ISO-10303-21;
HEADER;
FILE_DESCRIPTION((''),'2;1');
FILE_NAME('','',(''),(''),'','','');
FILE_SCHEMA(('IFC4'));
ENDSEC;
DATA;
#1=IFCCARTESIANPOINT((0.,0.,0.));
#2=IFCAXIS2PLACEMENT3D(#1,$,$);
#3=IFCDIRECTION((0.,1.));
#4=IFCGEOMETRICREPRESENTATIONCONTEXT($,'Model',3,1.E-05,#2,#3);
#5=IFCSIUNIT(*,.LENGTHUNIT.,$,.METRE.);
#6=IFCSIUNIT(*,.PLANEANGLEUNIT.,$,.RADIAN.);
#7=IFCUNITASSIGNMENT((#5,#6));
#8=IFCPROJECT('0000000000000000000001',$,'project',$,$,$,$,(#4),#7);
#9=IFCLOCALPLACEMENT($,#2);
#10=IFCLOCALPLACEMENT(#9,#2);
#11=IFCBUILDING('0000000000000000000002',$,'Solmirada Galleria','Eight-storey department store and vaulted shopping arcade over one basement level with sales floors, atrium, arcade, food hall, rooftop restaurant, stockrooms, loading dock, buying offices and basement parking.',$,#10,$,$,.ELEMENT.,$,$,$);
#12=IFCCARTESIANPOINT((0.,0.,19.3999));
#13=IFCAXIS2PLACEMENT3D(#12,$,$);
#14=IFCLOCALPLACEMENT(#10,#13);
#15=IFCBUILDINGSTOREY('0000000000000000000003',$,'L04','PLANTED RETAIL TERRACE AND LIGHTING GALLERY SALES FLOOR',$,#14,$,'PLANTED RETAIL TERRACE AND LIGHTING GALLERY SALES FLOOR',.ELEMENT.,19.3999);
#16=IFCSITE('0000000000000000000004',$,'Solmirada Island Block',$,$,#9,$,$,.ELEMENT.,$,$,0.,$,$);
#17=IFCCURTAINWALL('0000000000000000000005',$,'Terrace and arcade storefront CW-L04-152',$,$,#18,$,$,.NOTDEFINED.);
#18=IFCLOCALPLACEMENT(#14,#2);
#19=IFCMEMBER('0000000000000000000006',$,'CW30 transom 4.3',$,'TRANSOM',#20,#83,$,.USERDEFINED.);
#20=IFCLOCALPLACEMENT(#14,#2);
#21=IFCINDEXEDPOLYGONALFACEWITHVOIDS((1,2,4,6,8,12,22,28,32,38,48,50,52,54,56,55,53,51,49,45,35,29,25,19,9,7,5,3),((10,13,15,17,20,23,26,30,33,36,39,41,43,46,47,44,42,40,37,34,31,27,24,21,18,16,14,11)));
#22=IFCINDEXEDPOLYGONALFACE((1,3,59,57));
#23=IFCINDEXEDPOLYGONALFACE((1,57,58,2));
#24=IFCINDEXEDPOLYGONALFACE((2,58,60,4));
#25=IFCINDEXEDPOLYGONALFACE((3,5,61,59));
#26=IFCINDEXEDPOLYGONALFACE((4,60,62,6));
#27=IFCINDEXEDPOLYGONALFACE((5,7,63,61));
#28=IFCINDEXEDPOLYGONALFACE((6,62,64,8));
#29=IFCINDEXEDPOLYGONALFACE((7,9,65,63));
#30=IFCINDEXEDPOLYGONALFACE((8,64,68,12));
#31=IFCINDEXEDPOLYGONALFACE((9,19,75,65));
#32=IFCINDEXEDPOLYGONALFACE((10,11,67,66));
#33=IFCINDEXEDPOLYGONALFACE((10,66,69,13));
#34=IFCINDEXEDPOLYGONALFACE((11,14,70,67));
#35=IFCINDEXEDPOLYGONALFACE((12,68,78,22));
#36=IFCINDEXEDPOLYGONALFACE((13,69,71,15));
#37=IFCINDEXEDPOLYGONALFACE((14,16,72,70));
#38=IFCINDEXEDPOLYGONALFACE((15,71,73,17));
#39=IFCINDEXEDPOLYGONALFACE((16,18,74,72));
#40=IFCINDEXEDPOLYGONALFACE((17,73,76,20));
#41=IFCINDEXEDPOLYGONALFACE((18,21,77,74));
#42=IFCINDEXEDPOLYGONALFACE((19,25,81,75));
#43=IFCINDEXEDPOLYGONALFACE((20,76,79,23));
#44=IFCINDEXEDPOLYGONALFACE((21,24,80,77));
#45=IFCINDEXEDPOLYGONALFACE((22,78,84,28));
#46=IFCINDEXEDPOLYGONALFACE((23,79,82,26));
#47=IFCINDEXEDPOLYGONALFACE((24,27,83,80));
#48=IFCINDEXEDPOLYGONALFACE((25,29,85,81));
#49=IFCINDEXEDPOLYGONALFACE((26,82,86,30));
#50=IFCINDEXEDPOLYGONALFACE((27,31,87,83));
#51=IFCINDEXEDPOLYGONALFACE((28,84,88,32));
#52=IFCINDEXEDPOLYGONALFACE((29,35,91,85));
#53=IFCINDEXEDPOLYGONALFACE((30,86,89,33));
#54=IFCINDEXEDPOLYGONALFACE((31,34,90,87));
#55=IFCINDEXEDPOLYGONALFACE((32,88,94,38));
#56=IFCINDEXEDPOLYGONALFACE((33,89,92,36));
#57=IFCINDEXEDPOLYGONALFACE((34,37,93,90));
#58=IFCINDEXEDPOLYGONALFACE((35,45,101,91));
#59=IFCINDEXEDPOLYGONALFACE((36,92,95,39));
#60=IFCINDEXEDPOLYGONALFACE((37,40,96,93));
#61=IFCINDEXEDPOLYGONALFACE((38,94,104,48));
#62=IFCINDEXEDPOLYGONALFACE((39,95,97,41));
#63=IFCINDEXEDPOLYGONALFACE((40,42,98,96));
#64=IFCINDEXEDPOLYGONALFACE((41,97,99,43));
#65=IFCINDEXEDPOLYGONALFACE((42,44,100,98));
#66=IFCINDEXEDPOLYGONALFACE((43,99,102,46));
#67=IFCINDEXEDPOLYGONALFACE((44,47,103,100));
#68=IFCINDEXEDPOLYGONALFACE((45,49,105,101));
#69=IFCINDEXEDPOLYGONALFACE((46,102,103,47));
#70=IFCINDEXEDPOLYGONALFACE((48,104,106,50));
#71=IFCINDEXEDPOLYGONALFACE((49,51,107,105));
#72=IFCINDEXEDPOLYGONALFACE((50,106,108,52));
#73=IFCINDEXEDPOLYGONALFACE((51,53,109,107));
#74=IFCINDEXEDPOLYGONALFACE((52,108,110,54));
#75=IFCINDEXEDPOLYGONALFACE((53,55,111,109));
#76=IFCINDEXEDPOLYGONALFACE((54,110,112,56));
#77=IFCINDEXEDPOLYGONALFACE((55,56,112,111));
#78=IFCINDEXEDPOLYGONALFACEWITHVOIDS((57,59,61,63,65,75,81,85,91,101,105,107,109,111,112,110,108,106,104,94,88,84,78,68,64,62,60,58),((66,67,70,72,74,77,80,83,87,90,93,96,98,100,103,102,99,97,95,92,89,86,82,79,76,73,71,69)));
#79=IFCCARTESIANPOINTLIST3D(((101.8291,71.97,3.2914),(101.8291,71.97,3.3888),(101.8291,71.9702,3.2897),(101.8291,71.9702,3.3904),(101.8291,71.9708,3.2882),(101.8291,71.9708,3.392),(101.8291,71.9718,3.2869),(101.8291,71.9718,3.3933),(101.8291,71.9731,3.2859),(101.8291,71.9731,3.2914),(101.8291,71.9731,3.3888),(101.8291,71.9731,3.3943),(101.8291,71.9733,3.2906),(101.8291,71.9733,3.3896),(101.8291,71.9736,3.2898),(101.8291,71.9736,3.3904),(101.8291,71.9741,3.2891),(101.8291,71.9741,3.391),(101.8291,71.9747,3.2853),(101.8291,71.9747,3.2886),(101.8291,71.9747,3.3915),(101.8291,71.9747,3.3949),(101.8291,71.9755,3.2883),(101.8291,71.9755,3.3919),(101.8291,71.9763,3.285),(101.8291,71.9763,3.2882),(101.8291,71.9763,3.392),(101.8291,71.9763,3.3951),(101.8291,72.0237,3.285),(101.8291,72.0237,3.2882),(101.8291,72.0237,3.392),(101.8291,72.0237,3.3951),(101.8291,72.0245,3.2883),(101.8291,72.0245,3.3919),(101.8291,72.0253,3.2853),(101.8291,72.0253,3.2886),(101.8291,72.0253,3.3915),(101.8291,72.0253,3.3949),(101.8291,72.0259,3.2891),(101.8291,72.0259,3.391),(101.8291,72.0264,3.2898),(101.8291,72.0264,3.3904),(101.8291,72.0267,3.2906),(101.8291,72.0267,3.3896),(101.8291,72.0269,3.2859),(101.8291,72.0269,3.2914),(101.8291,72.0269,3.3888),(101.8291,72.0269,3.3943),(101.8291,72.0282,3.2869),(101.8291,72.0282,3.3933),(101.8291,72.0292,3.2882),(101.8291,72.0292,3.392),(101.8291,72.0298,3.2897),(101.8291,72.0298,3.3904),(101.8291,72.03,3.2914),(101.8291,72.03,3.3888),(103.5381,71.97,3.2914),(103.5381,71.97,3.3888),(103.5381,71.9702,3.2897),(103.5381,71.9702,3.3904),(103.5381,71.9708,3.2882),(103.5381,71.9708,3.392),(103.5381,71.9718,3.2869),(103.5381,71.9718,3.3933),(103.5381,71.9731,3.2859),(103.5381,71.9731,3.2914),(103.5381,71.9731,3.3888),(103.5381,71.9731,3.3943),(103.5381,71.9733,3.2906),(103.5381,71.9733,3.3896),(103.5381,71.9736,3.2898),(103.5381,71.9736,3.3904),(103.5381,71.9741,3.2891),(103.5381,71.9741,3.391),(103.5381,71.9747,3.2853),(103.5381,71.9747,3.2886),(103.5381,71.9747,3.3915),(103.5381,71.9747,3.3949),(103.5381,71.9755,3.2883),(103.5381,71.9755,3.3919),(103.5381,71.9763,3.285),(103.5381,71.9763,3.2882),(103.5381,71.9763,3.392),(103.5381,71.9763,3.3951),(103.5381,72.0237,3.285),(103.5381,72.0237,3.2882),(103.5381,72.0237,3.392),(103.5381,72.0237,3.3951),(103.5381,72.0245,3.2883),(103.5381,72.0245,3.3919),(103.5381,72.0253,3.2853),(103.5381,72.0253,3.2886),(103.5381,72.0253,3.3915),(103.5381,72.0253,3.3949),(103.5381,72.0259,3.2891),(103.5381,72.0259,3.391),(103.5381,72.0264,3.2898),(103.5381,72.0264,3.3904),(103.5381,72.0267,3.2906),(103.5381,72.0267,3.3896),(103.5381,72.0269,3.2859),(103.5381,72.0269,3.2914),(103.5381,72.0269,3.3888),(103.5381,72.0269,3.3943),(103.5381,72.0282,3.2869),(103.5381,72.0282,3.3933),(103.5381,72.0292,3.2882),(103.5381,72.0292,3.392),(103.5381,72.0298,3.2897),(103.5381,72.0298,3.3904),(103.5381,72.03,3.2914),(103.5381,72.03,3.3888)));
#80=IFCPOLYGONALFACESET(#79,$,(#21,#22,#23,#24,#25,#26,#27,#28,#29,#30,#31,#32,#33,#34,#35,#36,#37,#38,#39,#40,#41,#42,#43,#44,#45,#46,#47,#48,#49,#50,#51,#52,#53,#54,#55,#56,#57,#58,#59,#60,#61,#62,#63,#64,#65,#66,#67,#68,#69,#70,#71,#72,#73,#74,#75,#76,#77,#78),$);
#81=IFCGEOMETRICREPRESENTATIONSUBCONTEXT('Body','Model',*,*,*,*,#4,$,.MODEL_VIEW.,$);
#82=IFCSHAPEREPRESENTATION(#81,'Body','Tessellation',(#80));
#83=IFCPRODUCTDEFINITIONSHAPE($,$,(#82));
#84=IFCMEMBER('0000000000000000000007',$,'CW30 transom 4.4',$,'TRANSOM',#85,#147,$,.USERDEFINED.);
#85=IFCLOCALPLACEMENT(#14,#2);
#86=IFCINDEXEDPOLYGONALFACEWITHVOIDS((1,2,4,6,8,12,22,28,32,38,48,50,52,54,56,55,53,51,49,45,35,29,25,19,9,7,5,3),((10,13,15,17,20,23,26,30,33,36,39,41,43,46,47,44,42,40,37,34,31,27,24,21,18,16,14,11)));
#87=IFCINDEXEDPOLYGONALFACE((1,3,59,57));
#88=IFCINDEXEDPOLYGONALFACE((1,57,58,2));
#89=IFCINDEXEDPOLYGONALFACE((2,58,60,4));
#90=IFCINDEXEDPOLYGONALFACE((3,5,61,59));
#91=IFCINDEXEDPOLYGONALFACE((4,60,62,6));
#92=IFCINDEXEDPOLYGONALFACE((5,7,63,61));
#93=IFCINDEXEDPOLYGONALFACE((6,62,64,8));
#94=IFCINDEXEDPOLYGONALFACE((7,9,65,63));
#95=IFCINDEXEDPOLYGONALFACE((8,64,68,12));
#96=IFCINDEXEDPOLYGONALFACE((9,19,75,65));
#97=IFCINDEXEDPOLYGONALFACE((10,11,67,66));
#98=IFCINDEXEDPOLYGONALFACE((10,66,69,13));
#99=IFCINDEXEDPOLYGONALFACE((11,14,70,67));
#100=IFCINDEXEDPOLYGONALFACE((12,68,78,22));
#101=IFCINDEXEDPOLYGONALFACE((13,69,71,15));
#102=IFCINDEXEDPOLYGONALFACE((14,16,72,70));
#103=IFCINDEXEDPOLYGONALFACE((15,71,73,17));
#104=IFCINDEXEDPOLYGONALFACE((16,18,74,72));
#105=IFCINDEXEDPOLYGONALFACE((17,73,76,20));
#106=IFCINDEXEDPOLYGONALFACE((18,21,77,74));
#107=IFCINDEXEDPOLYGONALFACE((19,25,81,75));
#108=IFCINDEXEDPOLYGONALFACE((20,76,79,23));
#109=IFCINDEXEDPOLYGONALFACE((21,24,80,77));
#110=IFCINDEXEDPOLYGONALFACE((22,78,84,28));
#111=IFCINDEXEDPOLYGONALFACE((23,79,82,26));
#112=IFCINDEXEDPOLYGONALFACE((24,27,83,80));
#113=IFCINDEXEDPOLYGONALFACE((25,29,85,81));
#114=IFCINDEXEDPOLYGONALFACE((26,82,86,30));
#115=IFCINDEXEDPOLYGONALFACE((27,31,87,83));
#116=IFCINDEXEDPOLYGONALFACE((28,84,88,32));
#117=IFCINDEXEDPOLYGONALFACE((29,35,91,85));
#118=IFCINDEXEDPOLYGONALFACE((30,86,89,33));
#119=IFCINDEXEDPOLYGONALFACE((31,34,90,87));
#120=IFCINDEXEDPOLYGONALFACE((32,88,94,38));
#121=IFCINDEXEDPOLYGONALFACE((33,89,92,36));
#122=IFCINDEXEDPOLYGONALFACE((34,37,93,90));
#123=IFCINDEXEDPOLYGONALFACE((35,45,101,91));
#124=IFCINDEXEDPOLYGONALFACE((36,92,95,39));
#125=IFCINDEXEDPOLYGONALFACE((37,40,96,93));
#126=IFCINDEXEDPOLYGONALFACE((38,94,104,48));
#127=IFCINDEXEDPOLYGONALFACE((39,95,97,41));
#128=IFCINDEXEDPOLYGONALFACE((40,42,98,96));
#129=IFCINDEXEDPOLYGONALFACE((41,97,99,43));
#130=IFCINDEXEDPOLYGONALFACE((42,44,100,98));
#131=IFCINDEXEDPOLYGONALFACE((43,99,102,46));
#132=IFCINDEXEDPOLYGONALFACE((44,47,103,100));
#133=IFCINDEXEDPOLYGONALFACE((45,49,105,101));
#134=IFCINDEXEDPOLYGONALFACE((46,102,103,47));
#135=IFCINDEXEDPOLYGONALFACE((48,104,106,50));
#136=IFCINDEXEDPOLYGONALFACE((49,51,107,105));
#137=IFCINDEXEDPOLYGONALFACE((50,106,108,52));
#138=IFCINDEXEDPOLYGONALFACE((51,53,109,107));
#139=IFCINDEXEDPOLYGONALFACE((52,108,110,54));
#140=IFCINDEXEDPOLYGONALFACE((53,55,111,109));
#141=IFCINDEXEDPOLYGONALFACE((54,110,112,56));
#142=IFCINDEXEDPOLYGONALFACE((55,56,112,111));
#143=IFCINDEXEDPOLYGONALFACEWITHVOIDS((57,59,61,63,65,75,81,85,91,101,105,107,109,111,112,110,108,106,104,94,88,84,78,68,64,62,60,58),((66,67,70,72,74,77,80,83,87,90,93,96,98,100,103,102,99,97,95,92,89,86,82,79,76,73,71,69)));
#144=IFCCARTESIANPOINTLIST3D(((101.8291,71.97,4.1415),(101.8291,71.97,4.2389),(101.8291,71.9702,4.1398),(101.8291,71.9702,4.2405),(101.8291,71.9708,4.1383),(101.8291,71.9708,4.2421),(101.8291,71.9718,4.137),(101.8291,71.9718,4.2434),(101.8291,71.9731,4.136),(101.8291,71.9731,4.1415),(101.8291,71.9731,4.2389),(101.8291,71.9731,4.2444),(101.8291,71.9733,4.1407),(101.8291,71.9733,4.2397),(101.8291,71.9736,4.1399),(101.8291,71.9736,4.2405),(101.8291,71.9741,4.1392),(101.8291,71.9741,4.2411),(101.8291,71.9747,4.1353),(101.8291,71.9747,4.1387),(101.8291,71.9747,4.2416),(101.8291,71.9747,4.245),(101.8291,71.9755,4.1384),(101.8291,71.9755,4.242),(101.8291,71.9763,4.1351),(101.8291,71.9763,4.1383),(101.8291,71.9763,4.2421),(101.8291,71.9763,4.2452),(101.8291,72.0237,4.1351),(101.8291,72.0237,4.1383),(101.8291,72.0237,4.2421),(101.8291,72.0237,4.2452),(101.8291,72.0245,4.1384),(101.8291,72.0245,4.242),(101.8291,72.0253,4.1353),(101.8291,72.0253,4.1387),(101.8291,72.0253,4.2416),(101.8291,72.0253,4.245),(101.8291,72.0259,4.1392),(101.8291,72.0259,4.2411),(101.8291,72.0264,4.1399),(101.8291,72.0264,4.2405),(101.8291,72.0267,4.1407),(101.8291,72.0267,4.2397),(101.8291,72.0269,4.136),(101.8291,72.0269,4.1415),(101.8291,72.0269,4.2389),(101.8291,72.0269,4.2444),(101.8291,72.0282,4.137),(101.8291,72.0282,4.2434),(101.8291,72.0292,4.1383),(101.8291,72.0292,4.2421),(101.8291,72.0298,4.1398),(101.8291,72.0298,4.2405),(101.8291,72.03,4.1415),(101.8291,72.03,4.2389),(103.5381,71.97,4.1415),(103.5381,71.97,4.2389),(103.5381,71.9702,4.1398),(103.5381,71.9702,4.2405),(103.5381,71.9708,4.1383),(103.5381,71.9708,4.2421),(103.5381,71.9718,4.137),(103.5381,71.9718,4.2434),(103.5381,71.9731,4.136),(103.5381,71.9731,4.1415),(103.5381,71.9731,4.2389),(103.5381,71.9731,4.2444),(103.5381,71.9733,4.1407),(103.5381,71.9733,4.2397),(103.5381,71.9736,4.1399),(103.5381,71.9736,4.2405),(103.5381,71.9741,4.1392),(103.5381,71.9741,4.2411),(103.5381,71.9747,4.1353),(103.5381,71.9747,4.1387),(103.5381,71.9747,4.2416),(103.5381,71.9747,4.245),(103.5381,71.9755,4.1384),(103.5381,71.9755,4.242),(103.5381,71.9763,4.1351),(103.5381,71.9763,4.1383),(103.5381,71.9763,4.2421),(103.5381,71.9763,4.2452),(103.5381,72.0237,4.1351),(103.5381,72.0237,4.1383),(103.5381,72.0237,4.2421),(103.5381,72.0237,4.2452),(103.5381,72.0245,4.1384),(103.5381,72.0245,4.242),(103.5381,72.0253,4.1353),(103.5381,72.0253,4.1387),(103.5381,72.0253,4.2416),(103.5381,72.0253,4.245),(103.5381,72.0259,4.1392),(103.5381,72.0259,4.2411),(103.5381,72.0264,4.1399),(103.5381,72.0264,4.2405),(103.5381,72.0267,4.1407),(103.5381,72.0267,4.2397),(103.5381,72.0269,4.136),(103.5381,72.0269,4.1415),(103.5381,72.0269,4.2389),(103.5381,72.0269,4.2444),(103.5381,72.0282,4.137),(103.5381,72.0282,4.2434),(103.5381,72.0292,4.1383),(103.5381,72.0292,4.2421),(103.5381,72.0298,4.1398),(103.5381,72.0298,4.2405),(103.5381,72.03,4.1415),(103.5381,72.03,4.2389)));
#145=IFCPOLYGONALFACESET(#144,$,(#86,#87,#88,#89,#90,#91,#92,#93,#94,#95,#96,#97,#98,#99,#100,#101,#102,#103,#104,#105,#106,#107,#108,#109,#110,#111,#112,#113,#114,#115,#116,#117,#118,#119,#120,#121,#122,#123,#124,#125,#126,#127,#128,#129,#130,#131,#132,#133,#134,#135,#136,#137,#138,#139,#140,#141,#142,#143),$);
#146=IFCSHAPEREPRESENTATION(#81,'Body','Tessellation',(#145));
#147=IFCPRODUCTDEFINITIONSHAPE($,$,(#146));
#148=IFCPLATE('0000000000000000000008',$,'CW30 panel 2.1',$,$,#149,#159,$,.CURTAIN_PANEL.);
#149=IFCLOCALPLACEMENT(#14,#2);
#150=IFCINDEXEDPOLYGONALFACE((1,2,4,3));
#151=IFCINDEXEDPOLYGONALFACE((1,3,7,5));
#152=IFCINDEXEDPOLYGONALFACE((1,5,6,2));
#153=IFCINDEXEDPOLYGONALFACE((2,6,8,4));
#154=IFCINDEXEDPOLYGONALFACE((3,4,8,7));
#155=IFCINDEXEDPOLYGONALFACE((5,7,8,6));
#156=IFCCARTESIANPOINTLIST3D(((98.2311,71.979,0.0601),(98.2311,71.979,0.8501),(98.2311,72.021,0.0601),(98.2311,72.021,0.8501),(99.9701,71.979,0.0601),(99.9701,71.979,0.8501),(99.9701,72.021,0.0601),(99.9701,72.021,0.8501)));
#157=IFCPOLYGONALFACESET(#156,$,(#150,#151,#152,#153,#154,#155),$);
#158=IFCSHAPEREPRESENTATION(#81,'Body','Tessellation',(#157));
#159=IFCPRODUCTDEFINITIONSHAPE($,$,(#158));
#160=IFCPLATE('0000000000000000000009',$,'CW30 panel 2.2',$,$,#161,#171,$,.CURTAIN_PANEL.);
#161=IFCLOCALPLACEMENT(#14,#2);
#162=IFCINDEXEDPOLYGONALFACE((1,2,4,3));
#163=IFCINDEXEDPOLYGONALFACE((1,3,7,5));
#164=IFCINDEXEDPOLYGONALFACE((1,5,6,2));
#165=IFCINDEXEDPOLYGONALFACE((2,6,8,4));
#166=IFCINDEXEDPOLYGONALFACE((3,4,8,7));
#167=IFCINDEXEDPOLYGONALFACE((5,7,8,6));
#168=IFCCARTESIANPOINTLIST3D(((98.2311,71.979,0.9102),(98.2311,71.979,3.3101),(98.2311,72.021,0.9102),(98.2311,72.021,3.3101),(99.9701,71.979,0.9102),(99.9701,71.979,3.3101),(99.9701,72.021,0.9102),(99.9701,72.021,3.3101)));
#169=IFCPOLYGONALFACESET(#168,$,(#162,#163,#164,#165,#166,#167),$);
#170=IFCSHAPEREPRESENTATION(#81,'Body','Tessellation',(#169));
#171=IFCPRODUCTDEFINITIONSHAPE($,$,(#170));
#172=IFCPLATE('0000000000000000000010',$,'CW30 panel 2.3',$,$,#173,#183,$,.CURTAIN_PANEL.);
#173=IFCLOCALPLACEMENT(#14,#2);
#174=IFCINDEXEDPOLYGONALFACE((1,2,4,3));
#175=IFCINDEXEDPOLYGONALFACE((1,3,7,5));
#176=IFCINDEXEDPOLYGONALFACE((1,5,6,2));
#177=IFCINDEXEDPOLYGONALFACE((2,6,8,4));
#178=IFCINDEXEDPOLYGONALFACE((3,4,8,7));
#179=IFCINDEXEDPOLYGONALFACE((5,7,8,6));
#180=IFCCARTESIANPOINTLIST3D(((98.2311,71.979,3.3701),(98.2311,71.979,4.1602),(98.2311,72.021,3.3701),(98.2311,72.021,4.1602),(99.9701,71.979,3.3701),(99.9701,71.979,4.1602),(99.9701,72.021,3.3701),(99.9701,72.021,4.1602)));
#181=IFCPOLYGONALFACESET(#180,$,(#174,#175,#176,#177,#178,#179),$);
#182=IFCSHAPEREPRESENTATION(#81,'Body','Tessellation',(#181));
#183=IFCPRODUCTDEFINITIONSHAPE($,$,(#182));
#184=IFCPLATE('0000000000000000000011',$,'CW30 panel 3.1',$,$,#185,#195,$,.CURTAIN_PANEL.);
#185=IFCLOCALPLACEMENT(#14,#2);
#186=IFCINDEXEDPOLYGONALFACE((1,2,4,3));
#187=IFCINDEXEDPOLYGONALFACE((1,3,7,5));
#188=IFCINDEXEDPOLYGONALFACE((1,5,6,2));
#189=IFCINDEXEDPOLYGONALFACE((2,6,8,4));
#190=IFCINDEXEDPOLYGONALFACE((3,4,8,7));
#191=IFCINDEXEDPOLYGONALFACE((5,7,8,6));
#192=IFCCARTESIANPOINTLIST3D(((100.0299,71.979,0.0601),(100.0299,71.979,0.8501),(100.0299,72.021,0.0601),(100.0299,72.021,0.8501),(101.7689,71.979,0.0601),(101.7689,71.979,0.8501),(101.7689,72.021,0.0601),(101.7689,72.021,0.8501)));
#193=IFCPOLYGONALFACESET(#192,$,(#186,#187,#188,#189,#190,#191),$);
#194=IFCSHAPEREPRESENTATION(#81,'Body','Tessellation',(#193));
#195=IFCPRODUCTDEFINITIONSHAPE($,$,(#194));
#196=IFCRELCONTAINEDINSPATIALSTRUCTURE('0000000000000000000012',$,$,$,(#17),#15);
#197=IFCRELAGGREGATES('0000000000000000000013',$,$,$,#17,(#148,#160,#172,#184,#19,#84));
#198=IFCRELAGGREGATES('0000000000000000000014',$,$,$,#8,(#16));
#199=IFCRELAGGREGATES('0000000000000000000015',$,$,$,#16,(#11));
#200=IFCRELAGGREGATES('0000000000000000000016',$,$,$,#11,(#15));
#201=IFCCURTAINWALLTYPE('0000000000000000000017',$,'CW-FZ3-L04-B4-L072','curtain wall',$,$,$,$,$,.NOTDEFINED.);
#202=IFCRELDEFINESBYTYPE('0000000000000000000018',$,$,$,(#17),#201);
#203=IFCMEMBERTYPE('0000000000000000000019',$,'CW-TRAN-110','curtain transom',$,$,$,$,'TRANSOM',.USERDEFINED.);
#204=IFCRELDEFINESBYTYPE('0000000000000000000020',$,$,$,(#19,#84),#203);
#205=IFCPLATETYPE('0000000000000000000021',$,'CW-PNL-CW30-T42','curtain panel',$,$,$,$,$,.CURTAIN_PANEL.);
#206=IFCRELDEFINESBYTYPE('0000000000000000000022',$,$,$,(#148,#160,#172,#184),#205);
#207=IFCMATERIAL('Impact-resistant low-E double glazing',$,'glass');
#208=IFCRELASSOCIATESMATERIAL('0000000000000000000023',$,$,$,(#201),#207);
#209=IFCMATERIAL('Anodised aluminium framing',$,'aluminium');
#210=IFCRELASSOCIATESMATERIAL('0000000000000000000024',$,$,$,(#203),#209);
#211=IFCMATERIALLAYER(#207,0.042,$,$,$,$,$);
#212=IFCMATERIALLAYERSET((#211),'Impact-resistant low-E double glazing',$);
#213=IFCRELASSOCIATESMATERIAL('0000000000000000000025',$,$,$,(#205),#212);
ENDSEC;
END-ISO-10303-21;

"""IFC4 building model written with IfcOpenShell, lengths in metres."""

from ifc_helpers import new_model, si_unit, direction, frame, origin, origin_2d, place, context, subcontext, project, spatial, rectangle, hollow_rectangle, extrude, material, layer, layer_set, material_profile, profile_set, type_object, element, aggregate, save


model = new_model("IFC4")

# Units and contexts
model_context = context("Model", 3, precision=1e-05, world=origin(), true_north=direction((0.0, 1.0)))
body_context = subcontext(model_context, "Body", "Model", "MODEL_VIEW")
ifc_project = project(units=[si_unit("LENGTHUNIT", "METRE"), si_unit("PLANEANGLEUNIT", "RADIAN")], contexts=[model_context])

# Site, building, storey
site_placement = place(None, origin())
site = spatial("IfcSite", under=ifc_project, at=site_placement, Name="Solmirada Island Block", CompositionType="ELEMENT", RefElevation=0.0)
building_placement = place(site_placement, origin())
building = spatial("IfcBuilding", under=site, at=building_placement, Name="Solmirada Galleria", Description="Eight-storey department store and vaulted shopping arcade over one basement level with sales floors, atrium, arcade, food hall, rooftop restaurant, stockrooms, loading dock, buying offices and basement parking.", CompositionType="ELEMENT")
storey_placement = place(building_placement, frame((0.0, 0.0, 19.3999)))
storey = spatial("IfcBuildingStorey", under=building, at=storey_placement, Name="L04", Description="PLANTED RETAIL TERRACE AND LIGHTING GALLERY SALES FLOOR", LongName="PLANTED RETAIL TERRACE AND LIGHTING GALLERY SALES FLOOR", CompositionType="ELEMENT", Elevation=19.3999)

# Curtain wall, members, plates
ifc_material_1 = material(Name="Impact-resistant low-E double glazing", Category="glass")
curtain_wall_type = type_object("IfcCurtainWallType", Name="CW-FZ3-L04-B4-L072", Description="curtain wall", PredefinedType="NOTDEFINED", material=ifc_material_1)
curtain_wall_placement = place(storey_placement, origin())
curtain_wall = element("IfcCurtainWall", 1, at=curtain_wall_placement, inside=storey, type_object=curtain_wall_type, Name="Terrace and arcade storefront CW-L04-152", PredefinedType="NOTDEFINED")
ifc_material_2 = material(Name="Anodised aluminium framing", Category="aluminium")
ifc_material_profile_1 = material_profile(ifc_material_2, hollow_rectangle(XDim=0.0601, YDim=0.1101, WallThickness=0.0032, InnerFilletRadius=0.0032, OuterFilletRadius=0.0063, at=origin_2d()), Name="ALU-TRAN-110X60")
ifc_profile_set_1 = profile_set([ifc_material_profile_1], Name="Anodised aluminium framing")
member_type_1 = type_object("IfcMemberType", Name="CW-TRAN-110", Description="curtain transom", ElementType="TRANSOM", PredefinedType="USERDEFINED", material=ifc_profile_set_1)
member_1_placement = place(storey_placement, frame((101.8291, 72.0, 3.3401), z_axis=(1.0, 0.0, 0.0), x_axis=(0.0, 1.0, 0.0)))
member_1 = element("IfcMember", 2, at=member_1_placement, type_object=member_type_1, Name="CW30 transom 4.3", ObjectType="TRANSOM", PredefinedType="USERDEFINED", context=body_context, shape_type="SweptSolid", body=[
    extrude(hollow_rectangle(XDim=0.0601, YDim=0.1101, WallThickness=0.0032, InnerFilletRadius=0.0032, OuterFilletRadius=0.0063, at=origin_2d()), origin(), (0.0, 0.0, 1.0), 1.709),
])
member_2_placement = place(storey_placement, frame((101.8291, 72.0, 4.1902), z_axis=(1.0, 0.0, 0.0), x_axis=(0.0, 1.0, 0.0)))
member_2 = element("IfcMember", 3, at=member_2_placement, type_object=member_type_1, Name="CW30 transom 4.4", ObjectType="TRANSOM", PredefinedType="USERDEFINED", context=body_context, shape_type="SweptSolid", body=[
    extrude(hollow_rectangle(XDim=0.0601, YDim=0.1101, WallThickness=0.0032, InnerFilletRadius=0.0032, OuterFilletRadius=0.0063, at=origin_2d()), origin(), (0.0, 0.0, 1.0), 1.709),
])
ifc_layer = layer(ifc_material_1, 0.042)
ifc_layer_set = layer_set([ifc_layer], Name="Impact-resistant low-E double glazing")
plate_type = type_object("IfcPlateType", Name="CW-PNL-CW30-T42", Description="curtain panel", PredefinedType="CURTAIN_PANEL", material=ifc_layer_set)
plate_1_placement = place(storey_placement, frame((99.1006, 72.0, 0.0601), z_axis=(0.0, 0.0, 1.0), x_axis=(1.0, 0.0, 0.0)))
plate_1 = element("IfcPlate", 4, at=plate_1_placement, type_object=plate_type, Name="CW30 panel 2.1", PredefinedType="CURTAIN_PANEL", context=body_context, shape_type="SweptSolid", body=[
    extrude(rectangle(XDim=1.739, YDim=0.042, at=origin_2d()), origin(), (0.0, 0.0, 1.0), 0.79),
])
plate_2_placement = place(storey_placement, frame((99.1006, 72.0, 0.9102), z_axis=(0.0, 0.0, 1.0), x_axis=(1.0, 0.0, 0.0)))
plate_2 = element("IfcPlate", 5, at=plate_2_placement, type_object=plate_type, Name="CW30 panel 2.2", PredefinedType="CURTAIN_PANEL", context=body_context, shape_type="SweptSolid", body=[
    extrude(rectangle(XDim=1.739, YDim=0.042, at=origin_2d()), origin(), (0.0, 0.0, 1.0), 2.3999),
])
plate_3_placement = place(storey_placement, frame((99.1006, 72.0, 3.3701), z_axis=(0.0, 0.0, 1.0), x_axis=(1.0, 0.0, 0.0)))
plate_3 = element("IfcPlate", 6, at=plate_3_placement, type_object=plate_type, Name="CW30 panel 2.3", PredefinedType="CURTAIN_PANEL", context=body_context, shape_type="SweptSolid", body=[
    extrude(rectangle(XDim=1.739, YDim=0.042, at=origin_2d()), origin(), (0.0, 0.0, 1.0), 0.79),
])
plate_4_placement = place(storey_placement, frame((100.8994, 72.0, 0.0601), z_axis=(0.0, 0.0, 1.0), x_axis=(1.0, 0.0, 0.0)))
plate_4 = element("IfcPlate", 7, at=plate_4_placement, type_object=plate_type, Name="CW30 panel 3.1", PredefinedType="CURTAIN_PANEL", context=body_context, shape_type="SweptSolid", body=[
    extrude(rectangle(XDim=1.739, YDim=0.042, at=origin_2d()), origin(), (0.0, 0.0, 1.0), 0.79),
])
aggregate(curtain_wall, [plate_1, plate_2, plate_3, plate_4, member_1, member_2])

save(model, "model.ifc")
